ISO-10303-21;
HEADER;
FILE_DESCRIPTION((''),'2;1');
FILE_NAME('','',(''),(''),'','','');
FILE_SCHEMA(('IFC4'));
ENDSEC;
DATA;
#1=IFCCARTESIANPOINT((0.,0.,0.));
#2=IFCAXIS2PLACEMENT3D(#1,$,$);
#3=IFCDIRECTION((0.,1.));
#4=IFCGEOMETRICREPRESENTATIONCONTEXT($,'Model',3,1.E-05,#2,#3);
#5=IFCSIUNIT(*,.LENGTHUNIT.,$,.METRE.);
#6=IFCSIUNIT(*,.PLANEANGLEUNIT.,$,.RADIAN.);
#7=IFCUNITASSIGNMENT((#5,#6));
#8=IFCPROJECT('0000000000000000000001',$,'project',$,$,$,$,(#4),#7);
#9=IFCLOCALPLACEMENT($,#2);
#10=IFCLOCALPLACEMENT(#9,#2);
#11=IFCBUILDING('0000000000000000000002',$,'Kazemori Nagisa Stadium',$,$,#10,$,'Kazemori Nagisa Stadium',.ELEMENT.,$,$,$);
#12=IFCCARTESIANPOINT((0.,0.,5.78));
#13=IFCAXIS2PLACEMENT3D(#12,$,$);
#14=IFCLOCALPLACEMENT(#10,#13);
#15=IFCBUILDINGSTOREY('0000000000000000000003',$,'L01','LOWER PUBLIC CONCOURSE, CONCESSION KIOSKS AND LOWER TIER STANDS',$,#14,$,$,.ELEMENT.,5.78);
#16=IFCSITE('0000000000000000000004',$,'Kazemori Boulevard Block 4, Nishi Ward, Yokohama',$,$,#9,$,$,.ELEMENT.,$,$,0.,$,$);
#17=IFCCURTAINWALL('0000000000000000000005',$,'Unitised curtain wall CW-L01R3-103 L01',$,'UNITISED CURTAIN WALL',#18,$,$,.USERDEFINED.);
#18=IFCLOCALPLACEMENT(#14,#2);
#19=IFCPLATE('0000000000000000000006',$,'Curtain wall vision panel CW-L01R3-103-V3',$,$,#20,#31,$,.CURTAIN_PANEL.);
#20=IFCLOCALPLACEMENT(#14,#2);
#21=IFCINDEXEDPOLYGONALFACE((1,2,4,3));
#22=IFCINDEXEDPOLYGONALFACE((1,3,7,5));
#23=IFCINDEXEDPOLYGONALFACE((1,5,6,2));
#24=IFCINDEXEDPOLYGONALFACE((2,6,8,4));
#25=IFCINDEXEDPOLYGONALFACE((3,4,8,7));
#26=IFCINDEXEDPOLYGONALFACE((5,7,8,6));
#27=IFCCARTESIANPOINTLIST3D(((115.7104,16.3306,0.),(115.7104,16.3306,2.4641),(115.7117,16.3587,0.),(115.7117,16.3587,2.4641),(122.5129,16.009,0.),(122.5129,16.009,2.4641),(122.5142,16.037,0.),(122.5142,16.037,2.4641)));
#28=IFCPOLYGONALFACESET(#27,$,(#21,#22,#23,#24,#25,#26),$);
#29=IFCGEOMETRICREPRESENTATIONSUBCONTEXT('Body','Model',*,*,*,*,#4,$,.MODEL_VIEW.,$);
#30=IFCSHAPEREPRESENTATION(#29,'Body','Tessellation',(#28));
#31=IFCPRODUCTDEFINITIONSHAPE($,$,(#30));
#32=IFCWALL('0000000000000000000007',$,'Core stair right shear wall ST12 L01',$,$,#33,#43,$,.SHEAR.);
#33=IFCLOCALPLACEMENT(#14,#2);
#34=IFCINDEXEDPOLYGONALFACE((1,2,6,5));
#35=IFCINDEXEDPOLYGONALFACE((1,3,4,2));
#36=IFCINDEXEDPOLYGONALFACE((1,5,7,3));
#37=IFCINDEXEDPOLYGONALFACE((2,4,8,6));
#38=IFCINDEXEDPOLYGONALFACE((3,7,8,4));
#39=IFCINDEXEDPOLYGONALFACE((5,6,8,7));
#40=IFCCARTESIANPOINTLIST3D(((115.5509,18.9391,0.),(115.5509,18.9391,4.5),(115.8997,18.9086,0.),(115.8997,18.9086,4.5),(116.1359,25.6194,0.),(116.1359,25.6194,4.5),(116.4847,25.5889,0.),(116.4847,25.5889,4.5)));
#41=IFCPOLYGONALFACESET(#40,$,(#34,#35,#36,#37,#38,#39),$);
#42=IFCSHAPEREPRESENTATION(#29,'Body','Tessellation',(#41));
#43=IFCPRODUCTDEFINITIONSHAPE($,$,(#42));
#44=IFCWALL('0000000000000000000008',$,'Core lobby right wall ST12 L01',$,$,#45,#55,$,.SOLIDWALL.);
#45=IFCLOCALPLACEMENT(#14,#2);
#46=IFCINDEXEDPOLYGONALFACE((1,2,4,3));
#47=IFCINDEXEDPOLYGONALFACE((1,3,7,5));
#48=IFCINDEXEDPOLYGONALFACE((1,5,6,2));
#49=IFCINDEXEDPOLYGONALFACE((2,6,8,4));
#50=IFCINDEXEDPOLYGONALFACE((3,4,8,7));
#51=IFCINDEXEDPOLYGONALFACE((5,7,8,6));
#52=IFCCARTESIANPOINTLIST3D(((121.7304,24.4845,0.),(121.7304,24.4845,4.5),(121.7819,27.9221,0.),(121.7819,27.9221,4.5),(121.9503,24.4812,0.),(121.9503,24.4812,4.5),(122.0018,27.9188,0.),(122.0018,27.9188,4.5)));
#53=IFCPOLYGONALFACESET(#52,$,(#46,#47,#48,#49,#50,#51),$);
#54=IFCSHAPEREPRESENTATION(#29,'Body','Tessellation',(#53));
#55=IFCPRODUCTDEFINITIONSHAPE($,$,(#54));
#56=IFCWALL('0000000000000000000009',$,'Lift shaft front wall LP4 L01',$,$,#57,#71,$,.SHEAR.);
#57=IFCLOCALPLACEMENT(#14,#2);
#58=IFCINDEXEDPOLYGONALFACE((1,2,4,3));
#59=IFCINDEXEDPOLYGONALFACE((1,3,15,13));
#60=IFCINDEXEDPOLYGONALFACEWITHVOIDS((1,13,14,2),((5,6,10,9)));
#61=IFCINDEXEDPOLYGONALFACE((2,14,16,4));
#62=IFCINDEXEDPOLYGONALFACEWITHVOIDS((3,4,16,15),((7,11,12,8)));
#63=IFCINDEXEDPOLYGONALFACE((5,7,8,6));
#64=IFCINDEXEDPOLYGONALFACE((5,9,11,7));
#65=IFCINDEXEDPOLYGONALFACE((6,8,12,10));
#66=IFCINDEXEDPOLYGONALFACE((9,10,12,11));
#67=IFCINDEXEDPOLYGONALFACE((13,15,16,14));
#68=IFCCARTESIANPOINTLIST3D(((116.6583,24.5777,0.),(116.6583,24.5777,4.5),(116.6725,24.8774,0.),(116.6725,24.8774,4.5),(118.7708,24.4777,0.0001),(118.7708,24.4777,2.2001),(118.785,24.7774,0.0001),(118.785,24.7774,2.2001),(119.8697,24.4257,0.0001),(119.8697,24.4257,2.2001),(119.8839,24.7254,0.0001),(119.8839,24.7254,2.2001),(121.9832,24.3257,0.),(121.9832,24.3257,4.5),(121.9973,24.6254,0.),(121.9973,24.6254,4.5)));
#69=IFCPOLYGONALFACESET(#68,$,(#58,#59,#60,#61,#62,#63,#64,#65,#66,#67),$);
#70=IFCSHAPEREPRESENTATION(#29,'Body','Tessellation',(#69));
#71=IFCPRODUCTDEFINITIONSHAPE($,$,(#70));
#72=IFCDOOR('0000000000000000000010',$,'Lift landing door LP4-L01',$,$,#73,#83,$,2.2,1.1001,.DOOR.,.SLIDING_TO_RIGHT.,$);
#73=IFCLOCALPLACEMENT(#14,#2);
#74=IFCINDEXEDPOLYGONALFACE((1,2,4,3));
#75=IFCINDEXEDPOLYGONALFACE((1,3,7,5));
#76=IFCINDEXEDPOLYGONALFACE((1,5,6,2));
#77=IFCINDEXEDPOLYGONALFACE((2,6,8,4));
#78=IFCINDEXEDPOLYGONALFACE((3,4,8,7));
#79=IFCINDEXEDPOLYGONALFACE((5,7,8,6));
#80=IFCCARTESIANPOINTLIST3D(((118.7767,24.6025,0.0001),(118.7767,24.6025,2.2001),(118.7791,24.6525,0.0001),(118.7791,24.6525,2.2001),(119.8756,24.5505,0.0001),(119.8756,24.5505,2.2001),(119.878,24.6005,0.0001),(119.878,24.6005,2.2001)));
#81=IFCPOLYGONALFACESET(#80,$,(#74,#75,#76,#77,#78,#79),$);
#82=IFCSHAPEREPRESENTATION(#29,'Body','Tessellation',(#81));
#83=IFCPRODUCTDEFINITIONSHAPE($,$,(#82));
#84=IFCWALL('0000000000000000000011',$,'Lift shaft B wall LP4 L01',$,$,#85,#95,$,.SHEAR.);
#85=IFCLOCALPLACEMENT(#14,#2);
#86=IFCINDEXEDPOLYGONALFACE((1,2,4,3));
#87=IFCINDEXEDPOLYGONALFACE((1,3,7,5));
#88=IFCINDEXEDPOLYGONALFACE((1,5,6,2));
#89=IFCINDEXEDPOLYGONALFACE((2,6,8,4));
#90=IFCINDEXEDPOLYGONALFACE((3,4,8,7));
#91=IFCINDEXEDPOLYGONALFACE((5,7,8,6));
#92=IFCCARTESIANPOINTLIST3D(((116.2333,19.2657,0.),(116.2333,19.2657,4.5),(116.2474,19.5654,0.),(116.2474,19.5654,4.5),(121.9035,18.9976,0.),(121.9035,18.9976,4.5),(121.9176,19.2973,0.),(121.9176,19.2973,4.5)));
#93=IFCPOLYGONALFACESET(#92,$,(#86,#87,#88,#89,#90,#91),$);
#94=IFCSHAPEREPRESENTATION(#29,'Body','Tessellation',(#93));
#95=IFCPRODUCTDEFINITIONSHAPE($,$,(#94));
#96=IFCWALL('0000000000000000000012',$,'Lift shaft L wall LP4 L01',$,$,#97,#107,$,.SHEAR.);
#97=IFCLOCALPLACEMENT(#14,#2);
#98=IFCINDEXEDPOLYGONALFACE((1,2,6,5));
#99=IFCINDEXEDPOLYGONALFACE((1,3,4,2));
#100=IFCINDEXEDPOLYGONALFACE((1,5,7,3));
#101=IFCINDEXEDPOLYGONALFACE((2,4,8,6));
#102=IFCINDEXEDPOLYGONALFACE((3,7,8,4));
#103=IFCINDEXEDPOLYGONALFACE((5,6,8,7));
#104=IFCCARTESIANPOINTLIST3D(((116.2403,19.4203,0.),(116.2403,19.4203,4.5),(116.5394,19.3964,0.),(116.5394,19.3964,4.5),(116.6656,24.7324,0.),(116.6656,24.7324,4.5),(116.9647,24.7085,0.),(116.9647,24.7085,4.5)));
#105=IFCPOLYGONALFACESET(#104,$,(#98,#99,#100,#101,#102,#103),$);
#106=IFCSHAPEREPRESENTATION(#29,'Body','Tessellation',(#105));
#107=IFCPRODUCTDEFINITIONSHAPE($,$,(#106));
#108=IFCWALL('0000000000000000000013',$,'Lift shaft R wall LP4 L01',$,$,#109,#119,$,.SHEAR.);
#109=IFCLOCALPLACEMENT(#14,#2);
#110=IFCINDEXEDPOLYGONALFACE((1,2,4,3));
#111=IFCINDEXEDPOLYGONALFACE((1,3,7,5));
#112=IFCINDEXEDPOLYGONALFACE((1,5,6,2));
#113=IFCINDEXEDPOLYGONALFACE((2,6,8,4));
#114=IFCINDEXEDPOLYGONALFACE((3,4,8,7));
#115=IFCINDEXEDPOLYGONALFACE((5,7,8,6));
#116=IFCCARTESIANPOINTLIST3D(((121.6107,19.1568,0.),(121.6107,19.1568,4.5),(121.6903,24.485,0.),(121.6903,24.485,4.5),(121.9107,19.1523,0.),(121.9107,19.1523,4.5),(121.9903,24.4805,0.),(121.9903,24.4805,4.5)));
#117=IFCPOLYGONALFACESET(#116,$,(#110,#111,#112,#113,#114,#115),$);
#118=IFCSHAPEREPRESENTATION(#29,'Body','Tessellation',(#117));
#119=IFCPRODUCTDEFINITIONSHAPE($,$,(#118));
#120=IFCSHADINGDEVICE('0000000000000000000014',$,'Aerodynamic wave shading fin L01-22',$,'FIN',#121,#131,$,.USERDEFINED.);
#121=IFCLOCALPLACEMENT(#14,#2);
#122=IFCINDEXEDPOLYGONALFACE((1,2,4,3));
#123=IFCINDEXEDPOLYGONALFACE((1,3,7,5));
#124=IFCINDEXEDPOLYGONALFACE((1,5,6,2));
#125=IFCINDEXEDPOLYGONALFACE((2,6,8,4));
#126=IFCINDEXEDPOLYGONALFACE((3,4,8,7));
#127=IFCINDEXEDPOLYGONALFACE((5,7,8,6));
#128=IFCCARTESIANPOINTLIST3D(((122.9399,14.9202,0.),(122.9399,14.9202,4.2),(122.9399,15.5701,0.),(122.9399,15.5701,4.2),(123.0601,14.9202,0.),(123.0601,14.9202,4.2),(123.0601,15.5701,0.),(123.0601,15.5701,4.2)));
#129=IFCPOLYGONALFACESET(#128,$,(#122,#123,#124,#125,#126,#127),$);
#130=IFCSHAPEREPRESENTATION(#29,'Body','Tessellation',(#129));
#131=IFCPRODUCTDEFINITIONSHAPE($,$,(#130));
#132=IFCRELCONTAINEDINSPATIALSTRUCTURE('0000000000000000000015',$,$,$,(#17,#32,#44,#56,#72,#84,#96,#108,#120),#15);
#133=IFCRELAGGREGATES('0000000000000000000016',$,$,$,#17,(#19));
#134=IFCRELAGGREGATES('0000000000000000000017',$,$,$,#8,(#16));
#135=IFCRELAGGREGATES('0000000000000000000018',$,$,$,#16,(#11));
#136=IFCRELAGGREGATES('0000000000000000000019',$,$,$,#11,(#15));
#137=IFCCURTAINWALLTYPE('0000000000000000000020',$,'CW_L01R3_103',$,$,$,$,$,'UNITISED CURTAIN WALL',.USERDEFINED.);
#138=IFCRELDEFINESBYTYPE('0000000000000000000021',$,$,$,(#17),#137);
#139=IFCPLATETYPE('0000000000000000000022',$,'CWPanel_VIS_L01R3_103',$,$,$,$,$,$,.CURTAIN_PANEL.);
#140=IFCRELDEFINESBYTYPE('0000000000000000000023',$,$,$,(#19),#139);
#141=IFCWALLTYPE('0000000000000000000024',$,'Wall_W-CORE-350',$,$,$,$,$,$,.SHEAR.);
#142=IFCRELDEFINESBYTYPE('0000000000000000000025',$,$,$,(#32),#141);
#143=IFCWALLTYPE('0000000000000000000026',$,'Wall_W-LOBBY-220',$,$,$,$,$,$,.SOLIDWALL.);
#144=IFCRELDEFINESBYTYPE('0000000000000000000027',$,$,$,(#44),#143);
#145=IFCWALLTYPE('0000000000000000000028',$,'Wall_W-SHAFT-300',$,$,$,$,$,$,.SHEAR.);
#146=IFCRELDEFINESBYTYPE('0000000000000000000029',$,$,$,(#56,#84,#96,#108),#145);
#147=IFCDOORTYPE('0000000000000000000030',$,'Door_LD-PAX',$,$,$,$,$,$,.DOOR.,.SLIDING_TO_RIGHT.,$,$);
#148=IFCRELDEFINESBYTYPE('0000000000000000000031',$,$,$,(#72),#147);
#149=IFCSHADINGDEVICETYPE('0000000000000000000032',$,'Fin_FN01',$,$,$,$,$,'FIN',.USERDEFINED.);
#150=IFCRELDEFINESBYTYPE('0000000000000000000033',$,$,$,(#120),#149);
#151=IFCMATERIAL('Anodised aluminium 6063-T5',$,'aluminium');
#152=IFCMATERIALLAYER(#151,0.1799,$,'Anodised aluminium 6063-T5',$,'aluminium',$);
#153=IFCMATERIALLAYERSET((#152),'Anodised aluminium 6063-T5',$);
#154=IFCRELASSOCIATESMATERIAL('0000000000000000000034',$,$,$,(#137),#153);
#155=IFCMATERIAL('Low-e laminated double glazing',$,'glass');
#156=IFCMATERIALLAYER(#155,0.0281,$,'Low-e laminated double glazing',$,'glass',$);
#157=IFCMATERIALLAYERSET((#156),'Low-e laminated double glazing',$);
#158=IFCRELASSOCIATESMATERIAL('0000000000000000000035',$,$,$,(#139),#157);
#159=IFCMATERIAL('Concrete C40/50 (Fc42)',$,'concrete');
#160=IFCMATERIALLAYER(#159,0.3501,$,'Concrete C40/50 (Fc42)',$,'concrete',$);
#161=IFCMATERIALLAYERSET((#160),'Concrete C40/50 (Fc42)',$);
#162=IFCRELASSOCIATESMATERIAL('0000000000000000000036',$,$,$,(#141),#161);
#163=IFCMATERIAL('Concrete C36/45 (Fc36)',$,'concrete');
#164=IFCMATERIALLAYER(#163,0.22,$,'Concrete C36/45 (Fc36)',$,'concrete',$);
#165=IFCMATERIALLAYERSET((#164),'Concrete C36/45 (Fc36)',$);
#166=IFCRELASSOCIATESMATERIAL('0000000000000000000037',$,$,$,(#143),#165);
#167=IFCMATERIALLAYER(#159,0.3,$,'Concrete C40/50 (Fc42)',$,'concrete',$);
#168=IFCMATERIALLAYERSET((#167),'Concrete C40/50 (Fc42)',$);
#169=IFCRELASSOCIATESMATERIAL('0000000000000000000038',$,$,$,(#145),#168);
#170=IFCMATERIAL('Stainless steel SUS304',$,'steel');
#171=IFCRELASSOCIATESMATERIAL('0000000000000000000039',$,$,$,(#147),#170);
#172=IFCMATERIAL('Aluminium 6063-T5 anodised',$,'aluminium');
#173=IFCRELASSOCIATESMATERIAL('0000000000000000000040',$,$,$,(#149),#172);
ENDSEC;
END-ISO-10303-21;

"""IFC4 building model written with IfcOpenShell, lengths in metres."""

from ifc_helpers import new_model, si_unit, direction, frame, frame_2d, origin, origin_2d, place, context, subcontext, project, spatial, rectangle, extrude, material, layer, layer_set, type_object, element, fill, aggregate, save


model = new_model("IFC4")

# Units and contexts
model_context = context("Model", 3, precision=1e-05, world=origin(), true_north=direction((0.0, 1.0)))
body_context = subcontext(model_context, "Body", "Model", "MODEL_VIEW")
ifc_project = project(units=[si_unit("LENGTHUNIT", "METRE"), si_unit("PLANEANGLEUNIT", "RADIAN")], contexts=[model_context])

# Site, building, storey
site_placement = place(None, origin())
site = spatial("IfcSite", under=ifc_project, at=site_placement, Name="Kazemori Boulevard Block 4, Nishi Ward, Yokohama", CompositionType="ELEMENT", RefElevation=0.0)
building_placement = place(site_placement, origin())
building = spatial("IfcBuilding", under=site, at=building_placement, Name="Kazemori Nagisa Stadium", LongName="Kazemori Nagisa Stadium", CompositionType="ELEMENT")
storey_placement = place(building_placement, frame((0.0, 0.0, 5.78)))
storey = spatial("IfcBuildingStorey", under=building, at=storey_placement, Name="L01", Description="LOWER PUBLIC CONCOURSE, CONCESSION KIOSKS AND LOWER TIER STANDS", CompositionType="ELEMENT", Elevation=5.78)

# Shared definitions
ifc_material_1 = material(Name="Concrete C40/50 (Fc42)", Category="concrete")

# Curtain wall, plate
ifc_material_2 = material(Name="Anodised aluminium 6063-T5", Category="aluminium")
ifc_layer_1 = layer(ifc_material_2, 0.1799, Name="Anodised aluminium 6063-T5", Category="aluminium")
ifc_layer_set_1 = layer_set([ifc_layer_1], Name="Anodised aluminium 6063-T5")
curtain_wall_type = type_object("IfcCurtainWallType", Name="CW_L01R3_103", ElementType="UNITISED CURTAIN WALL", PredefinedType="USERDEFINED", material=ifc_layer_set_1)
curtain_wall_placement = place(storey_placement, origin())
curtain_wall = element("IfcCurtainWall", 1, at=curtain_wall_placement, inside=storey, type_object=curtain_wall_type, Name="Unitised curtain wall CW-L01R3-103 L01", ObjectType="UNITISED CURTAIN WALL", PredefinedType="USERDEFINED")
ifc_material_3 = material(Name="Aluminium 6063-T5 anodised", Category="aluminium")
ifc_material_4 = material(Name="Low-e laminated double glazing", Category="glass")
ifc_layer_2 = layer(ifc_material_4, 0.0281, Name="Low-e laminated double glazing", Category="glass")
ifc_layer_set_2 = layer_set([ifc_layer_2], Name="Low-e laminated double glazing")
plate_type_1 = type_object("IfcPlateType", Name="CWPanel_VIS_L01R3_103", PredefinedType="CURTAIN_PANEL", material=ifc_layer_set_2)
plate_1_placement = place(storey_placement, frame((119.1123, 16.1838, 0.0), z_axis=(0.0, 0.0, 1.0), x_axis=(0.998884, -0.04723, 0.0)))
plate_1 = element("IfcPlate", 2, at=plate_1_placement, type_object=plate_type_1, Name="Curtain wall vision panel CW-L01R3-103-V3", PredefinedType="CURTAIN_PANEL", context=body_context, shape_type="SweptSolid", body=[
    extrude(rectangle(XDim=6.8101, YDim=0.0281, at=origin_2d()), origin(), (0.0, 0.0, 1.0), 2.4641),
])
aggregate(curtain_wall, [plate_1])

# Walls
ifc_layer_3 = layer(ifc_material_1, 0.3501, Name="Concrete C40/50 (Fc42)", Category="concrete")
ifc_layer_set_3 = layer_set([ifc_layer_3], Name="Concrete C40/50 (Fc42)")
wall_type_1 = type_object("IfcWallType", Name="Wall_W-CORE-350", PredefinedType="SHEAR", material=ifc_layer_set_3)
wall_1_placement = place(storey_placement, frame((116.3103, 25.6042, 0.0), z_axis=(0.0, 0.0, 1.0), x_axis=(-0.087233, -0.996188, 0.0)))
element("IfcWall", 3, at=wall_1_placement, inside=storey, type_object=wall_type_1, Name="Core stair right shear wall ST12 L01", PredefinedType="SHEAR", context=body_context, shape_type="SweptSolid", body=[
    extrude(rectangle(XDim=6.7058, YDim=0.3501, at=frame_2d((3.353, 0.0))), origin(), (0.0, 0.0, 1.0), 4.5),
])
ifc_material_5 = material(Name="Concrete C36/45 (Fc36)", Category="concrete")
ifc_layer_4 = layer(ifc_material_5, 0.22, Name="Concrete C36/45 (Fc36)", Category="concrete")
ifc_layer_set_4 = layer_set([ifc_layer_4], Name="Concrete C36/45 (Fc36)")
wall_type_2 = type_object("IfcWallType", Name="Wall_W-LOBBY-220", PredefinedType="SOLIDWALL", material=ifc_layer_set_4)
wall_2_placement = place(storey_placement, frame((121.8918, 27.9204, 0.0), z_axis=(0.0, 0.0, 1.0), x_axis=(-0.014984, -0.999888, 0.0)))
element("IfcWall", 4, at=wall_2_placement, inside=storey, type_object=wall_type_2, Name="Core lobby right wall ST12 L01", PredefinedType="SOLIDWALL", context=body_context, shape_type="SweptSolid", body=[
    extrude(rectangle(XDim=3.438, YDim=0.22, at=frame_2d((1.719, 0.0))), origin(), (0.0, 0.0, 1.0), 4.5),
])

# Wall, opening, door
ifc_layer_5 = layer(ifc_material_1, 0.3, Name="Concrete C40/50 (Fc42)", Category="concrete")
ifc_layer_set_5 = layer_set([ifc_layer_5], Name="Concrete C40/50 (Fc42)")
wall_type_3 = type_object("IfcWallType", Name="Wall_W-SHAFT-300", PredefinedType="SHEAR", material=ifc_layer_set_5)
wall_3_placement = place(storey_placement, frame((116.6653, 24.7275, 0.0), z_axis=(0.0, 0.0, 1.0), x_axis=(0.998882, -0.047263, 0.0)))
wall_3 = element("IfcWall", 5, at=wall_3_placement, inside=storey, type_object=wall_type_3, Name="Lift shaft front wall LP4 L01", PredefinedType="SHEAR", context=body_context, shape_type="SweptSolid", body=[
    extrude(rectangle(XDim=5.3308, YDim=0.3, at=frame_2d((2.6655, 0.0))), origin(), (0.0, 0.0, 1.0), 4.5),
])
opening_placement = place(wall_3_placement, frame((2.115, 0.0, 0.0)))
opening = element("IfcOpeningElement", 6, at=opening_placement, cuts=wall_3, PredefinedType="OPENING", context=body_context, shape_type="SweptSolid", body=[
    extrude(rectangle(XDim=1.1001, YDim=2.2, at=frame_2d((0.55, 1.1001))), frame((0.0, 0.1599, 0.0), z_axis=(0.0, -1.0, 0.0), x_axis=(1.0, 0.0, 0.0)), (0.0, 0.0, 1.0), 0.3201),
])
ifc_material_6 = material(Name="Stainless steel SUS304", Category="steel")
door_type = type_object("IfcDoorType", Name="Door_LD-PAX", OperationType="SLIDING_TO_RIGHT", PredefinedType="DOOR", material=ifc_material_6)
door_placement = place(opening_placement, origin())
door = element("IfcDoor", 7, at=door_placement, inside=storey, type_object=door_type, Name="Lift landing door LP4-L01", OperationType="SLIDING_TO_RIGHT", OverallHeight=2.2, OverallWidth=1.1001, PredefinedType="DOOR", context=body_context, shape_type="SweptSolid", body=[
    extrude(rectangle(XDim=1.1001, YDim=2.2, at=frame_2d((0.55, 1.1001))), frame((0.0, 0.0249, 0.0), z_axis=(0.0, -1.0, 0.0), x_axis=(1.0, 0.0, 0.0)), (0.0, 0.0, 1.0), 0.05),
])
fill(opening, door)

# Walls
wall_4_placement = place(storey_placement, frame((116.2402, 19.4155, 0.0), z_axis=(0.0, 0.0, 1.0), x_axis=(0.998884, -0.047224, 0.0)))
element("IfcWall", 8, at=wall_4_placement, inside=storey, type_object=wall_type_3, Name="Lift shaft B wall LP4 L01", PredefinedType="SHEAR", context=body_context, shape_type="SweptSolid", body=[
    extrude(rectangle(XDim=5.6765, YDim=0.3, at=frame_2d((2.8384, 0.0))), origin(), (0.0, 0.0, 1.0), 4.5),
])
wall_5_placement = place(storey_placement, frame((116.8152, 24.7205, 0.0), z_axis=(0.0, 0.0, 1.0), x_axis=(-0.079807, -0.99681, 0.0)))
element("IfcWall", 9, at=wall_5_placement, inside=storey, type_object=wall_type_3, Name="Lift shaft L wall LP4 L01", PredefinedType="SHEAR", context=body_context, shape_type="SweptSolid", body=[
    extrude(rectangle(XDim=5.3291, YDim=0.3, at=frame_2d((2.6646, 0.0))), origin(), (0.0, 0.0, 1.0), 4.5),
])
wall_6_placement = place(storey_placement, frame((121.8403, 24.4829, 0.0), z_axis=(0.0, 0.0, 1.0), x_axis=(-0.014935, -0.999888, 0.0)))
element("IfcWall", 10, at=wall_6_placement, inside=storey, type_object=wall_type_3, Name="Lift shaft R wall LP4 L01", PredefinedType="SHEAR", context=body_context, shape_type="SweptSolid", body=[
    extrude(rectangle(XDim=5.3289, YDim=0.3, at=frame_2d((2.6646, 0.0))), origin(), (0.0, 0.0, 1.0), 4.5),
])

# Shading device
shading_device_type = type_object("IfcShadingDeviceType", Name="Fin_FN01", ElementType="FIN", PredefinedType="USERDEFINED", material=ifc_material_3)
shading_device_placement = place(storey_placement, frame((123.0, 15.2451, 0.0), z_axis=(0.0, 0.0, 1.0), x_axis=(0.0, -1.0, 0.0)))
element("IfcShadingDevice", 11, at=shading_device_placement, inside=storey, type_object=shading_device_type, Name="Aerodynamic wave shading fin L01-22", ObjectType="FIN", PredefinedType="USERDEFINED", context=body_context, shape_type="SweptSolid", body=[
    extrude(rectangle(XDim=0.6499, YDim=0.1201, at=origin_2d()), origin(), (0.0, 0.0, 1.0), 4.2),
])

save(model, "model.ifc")
